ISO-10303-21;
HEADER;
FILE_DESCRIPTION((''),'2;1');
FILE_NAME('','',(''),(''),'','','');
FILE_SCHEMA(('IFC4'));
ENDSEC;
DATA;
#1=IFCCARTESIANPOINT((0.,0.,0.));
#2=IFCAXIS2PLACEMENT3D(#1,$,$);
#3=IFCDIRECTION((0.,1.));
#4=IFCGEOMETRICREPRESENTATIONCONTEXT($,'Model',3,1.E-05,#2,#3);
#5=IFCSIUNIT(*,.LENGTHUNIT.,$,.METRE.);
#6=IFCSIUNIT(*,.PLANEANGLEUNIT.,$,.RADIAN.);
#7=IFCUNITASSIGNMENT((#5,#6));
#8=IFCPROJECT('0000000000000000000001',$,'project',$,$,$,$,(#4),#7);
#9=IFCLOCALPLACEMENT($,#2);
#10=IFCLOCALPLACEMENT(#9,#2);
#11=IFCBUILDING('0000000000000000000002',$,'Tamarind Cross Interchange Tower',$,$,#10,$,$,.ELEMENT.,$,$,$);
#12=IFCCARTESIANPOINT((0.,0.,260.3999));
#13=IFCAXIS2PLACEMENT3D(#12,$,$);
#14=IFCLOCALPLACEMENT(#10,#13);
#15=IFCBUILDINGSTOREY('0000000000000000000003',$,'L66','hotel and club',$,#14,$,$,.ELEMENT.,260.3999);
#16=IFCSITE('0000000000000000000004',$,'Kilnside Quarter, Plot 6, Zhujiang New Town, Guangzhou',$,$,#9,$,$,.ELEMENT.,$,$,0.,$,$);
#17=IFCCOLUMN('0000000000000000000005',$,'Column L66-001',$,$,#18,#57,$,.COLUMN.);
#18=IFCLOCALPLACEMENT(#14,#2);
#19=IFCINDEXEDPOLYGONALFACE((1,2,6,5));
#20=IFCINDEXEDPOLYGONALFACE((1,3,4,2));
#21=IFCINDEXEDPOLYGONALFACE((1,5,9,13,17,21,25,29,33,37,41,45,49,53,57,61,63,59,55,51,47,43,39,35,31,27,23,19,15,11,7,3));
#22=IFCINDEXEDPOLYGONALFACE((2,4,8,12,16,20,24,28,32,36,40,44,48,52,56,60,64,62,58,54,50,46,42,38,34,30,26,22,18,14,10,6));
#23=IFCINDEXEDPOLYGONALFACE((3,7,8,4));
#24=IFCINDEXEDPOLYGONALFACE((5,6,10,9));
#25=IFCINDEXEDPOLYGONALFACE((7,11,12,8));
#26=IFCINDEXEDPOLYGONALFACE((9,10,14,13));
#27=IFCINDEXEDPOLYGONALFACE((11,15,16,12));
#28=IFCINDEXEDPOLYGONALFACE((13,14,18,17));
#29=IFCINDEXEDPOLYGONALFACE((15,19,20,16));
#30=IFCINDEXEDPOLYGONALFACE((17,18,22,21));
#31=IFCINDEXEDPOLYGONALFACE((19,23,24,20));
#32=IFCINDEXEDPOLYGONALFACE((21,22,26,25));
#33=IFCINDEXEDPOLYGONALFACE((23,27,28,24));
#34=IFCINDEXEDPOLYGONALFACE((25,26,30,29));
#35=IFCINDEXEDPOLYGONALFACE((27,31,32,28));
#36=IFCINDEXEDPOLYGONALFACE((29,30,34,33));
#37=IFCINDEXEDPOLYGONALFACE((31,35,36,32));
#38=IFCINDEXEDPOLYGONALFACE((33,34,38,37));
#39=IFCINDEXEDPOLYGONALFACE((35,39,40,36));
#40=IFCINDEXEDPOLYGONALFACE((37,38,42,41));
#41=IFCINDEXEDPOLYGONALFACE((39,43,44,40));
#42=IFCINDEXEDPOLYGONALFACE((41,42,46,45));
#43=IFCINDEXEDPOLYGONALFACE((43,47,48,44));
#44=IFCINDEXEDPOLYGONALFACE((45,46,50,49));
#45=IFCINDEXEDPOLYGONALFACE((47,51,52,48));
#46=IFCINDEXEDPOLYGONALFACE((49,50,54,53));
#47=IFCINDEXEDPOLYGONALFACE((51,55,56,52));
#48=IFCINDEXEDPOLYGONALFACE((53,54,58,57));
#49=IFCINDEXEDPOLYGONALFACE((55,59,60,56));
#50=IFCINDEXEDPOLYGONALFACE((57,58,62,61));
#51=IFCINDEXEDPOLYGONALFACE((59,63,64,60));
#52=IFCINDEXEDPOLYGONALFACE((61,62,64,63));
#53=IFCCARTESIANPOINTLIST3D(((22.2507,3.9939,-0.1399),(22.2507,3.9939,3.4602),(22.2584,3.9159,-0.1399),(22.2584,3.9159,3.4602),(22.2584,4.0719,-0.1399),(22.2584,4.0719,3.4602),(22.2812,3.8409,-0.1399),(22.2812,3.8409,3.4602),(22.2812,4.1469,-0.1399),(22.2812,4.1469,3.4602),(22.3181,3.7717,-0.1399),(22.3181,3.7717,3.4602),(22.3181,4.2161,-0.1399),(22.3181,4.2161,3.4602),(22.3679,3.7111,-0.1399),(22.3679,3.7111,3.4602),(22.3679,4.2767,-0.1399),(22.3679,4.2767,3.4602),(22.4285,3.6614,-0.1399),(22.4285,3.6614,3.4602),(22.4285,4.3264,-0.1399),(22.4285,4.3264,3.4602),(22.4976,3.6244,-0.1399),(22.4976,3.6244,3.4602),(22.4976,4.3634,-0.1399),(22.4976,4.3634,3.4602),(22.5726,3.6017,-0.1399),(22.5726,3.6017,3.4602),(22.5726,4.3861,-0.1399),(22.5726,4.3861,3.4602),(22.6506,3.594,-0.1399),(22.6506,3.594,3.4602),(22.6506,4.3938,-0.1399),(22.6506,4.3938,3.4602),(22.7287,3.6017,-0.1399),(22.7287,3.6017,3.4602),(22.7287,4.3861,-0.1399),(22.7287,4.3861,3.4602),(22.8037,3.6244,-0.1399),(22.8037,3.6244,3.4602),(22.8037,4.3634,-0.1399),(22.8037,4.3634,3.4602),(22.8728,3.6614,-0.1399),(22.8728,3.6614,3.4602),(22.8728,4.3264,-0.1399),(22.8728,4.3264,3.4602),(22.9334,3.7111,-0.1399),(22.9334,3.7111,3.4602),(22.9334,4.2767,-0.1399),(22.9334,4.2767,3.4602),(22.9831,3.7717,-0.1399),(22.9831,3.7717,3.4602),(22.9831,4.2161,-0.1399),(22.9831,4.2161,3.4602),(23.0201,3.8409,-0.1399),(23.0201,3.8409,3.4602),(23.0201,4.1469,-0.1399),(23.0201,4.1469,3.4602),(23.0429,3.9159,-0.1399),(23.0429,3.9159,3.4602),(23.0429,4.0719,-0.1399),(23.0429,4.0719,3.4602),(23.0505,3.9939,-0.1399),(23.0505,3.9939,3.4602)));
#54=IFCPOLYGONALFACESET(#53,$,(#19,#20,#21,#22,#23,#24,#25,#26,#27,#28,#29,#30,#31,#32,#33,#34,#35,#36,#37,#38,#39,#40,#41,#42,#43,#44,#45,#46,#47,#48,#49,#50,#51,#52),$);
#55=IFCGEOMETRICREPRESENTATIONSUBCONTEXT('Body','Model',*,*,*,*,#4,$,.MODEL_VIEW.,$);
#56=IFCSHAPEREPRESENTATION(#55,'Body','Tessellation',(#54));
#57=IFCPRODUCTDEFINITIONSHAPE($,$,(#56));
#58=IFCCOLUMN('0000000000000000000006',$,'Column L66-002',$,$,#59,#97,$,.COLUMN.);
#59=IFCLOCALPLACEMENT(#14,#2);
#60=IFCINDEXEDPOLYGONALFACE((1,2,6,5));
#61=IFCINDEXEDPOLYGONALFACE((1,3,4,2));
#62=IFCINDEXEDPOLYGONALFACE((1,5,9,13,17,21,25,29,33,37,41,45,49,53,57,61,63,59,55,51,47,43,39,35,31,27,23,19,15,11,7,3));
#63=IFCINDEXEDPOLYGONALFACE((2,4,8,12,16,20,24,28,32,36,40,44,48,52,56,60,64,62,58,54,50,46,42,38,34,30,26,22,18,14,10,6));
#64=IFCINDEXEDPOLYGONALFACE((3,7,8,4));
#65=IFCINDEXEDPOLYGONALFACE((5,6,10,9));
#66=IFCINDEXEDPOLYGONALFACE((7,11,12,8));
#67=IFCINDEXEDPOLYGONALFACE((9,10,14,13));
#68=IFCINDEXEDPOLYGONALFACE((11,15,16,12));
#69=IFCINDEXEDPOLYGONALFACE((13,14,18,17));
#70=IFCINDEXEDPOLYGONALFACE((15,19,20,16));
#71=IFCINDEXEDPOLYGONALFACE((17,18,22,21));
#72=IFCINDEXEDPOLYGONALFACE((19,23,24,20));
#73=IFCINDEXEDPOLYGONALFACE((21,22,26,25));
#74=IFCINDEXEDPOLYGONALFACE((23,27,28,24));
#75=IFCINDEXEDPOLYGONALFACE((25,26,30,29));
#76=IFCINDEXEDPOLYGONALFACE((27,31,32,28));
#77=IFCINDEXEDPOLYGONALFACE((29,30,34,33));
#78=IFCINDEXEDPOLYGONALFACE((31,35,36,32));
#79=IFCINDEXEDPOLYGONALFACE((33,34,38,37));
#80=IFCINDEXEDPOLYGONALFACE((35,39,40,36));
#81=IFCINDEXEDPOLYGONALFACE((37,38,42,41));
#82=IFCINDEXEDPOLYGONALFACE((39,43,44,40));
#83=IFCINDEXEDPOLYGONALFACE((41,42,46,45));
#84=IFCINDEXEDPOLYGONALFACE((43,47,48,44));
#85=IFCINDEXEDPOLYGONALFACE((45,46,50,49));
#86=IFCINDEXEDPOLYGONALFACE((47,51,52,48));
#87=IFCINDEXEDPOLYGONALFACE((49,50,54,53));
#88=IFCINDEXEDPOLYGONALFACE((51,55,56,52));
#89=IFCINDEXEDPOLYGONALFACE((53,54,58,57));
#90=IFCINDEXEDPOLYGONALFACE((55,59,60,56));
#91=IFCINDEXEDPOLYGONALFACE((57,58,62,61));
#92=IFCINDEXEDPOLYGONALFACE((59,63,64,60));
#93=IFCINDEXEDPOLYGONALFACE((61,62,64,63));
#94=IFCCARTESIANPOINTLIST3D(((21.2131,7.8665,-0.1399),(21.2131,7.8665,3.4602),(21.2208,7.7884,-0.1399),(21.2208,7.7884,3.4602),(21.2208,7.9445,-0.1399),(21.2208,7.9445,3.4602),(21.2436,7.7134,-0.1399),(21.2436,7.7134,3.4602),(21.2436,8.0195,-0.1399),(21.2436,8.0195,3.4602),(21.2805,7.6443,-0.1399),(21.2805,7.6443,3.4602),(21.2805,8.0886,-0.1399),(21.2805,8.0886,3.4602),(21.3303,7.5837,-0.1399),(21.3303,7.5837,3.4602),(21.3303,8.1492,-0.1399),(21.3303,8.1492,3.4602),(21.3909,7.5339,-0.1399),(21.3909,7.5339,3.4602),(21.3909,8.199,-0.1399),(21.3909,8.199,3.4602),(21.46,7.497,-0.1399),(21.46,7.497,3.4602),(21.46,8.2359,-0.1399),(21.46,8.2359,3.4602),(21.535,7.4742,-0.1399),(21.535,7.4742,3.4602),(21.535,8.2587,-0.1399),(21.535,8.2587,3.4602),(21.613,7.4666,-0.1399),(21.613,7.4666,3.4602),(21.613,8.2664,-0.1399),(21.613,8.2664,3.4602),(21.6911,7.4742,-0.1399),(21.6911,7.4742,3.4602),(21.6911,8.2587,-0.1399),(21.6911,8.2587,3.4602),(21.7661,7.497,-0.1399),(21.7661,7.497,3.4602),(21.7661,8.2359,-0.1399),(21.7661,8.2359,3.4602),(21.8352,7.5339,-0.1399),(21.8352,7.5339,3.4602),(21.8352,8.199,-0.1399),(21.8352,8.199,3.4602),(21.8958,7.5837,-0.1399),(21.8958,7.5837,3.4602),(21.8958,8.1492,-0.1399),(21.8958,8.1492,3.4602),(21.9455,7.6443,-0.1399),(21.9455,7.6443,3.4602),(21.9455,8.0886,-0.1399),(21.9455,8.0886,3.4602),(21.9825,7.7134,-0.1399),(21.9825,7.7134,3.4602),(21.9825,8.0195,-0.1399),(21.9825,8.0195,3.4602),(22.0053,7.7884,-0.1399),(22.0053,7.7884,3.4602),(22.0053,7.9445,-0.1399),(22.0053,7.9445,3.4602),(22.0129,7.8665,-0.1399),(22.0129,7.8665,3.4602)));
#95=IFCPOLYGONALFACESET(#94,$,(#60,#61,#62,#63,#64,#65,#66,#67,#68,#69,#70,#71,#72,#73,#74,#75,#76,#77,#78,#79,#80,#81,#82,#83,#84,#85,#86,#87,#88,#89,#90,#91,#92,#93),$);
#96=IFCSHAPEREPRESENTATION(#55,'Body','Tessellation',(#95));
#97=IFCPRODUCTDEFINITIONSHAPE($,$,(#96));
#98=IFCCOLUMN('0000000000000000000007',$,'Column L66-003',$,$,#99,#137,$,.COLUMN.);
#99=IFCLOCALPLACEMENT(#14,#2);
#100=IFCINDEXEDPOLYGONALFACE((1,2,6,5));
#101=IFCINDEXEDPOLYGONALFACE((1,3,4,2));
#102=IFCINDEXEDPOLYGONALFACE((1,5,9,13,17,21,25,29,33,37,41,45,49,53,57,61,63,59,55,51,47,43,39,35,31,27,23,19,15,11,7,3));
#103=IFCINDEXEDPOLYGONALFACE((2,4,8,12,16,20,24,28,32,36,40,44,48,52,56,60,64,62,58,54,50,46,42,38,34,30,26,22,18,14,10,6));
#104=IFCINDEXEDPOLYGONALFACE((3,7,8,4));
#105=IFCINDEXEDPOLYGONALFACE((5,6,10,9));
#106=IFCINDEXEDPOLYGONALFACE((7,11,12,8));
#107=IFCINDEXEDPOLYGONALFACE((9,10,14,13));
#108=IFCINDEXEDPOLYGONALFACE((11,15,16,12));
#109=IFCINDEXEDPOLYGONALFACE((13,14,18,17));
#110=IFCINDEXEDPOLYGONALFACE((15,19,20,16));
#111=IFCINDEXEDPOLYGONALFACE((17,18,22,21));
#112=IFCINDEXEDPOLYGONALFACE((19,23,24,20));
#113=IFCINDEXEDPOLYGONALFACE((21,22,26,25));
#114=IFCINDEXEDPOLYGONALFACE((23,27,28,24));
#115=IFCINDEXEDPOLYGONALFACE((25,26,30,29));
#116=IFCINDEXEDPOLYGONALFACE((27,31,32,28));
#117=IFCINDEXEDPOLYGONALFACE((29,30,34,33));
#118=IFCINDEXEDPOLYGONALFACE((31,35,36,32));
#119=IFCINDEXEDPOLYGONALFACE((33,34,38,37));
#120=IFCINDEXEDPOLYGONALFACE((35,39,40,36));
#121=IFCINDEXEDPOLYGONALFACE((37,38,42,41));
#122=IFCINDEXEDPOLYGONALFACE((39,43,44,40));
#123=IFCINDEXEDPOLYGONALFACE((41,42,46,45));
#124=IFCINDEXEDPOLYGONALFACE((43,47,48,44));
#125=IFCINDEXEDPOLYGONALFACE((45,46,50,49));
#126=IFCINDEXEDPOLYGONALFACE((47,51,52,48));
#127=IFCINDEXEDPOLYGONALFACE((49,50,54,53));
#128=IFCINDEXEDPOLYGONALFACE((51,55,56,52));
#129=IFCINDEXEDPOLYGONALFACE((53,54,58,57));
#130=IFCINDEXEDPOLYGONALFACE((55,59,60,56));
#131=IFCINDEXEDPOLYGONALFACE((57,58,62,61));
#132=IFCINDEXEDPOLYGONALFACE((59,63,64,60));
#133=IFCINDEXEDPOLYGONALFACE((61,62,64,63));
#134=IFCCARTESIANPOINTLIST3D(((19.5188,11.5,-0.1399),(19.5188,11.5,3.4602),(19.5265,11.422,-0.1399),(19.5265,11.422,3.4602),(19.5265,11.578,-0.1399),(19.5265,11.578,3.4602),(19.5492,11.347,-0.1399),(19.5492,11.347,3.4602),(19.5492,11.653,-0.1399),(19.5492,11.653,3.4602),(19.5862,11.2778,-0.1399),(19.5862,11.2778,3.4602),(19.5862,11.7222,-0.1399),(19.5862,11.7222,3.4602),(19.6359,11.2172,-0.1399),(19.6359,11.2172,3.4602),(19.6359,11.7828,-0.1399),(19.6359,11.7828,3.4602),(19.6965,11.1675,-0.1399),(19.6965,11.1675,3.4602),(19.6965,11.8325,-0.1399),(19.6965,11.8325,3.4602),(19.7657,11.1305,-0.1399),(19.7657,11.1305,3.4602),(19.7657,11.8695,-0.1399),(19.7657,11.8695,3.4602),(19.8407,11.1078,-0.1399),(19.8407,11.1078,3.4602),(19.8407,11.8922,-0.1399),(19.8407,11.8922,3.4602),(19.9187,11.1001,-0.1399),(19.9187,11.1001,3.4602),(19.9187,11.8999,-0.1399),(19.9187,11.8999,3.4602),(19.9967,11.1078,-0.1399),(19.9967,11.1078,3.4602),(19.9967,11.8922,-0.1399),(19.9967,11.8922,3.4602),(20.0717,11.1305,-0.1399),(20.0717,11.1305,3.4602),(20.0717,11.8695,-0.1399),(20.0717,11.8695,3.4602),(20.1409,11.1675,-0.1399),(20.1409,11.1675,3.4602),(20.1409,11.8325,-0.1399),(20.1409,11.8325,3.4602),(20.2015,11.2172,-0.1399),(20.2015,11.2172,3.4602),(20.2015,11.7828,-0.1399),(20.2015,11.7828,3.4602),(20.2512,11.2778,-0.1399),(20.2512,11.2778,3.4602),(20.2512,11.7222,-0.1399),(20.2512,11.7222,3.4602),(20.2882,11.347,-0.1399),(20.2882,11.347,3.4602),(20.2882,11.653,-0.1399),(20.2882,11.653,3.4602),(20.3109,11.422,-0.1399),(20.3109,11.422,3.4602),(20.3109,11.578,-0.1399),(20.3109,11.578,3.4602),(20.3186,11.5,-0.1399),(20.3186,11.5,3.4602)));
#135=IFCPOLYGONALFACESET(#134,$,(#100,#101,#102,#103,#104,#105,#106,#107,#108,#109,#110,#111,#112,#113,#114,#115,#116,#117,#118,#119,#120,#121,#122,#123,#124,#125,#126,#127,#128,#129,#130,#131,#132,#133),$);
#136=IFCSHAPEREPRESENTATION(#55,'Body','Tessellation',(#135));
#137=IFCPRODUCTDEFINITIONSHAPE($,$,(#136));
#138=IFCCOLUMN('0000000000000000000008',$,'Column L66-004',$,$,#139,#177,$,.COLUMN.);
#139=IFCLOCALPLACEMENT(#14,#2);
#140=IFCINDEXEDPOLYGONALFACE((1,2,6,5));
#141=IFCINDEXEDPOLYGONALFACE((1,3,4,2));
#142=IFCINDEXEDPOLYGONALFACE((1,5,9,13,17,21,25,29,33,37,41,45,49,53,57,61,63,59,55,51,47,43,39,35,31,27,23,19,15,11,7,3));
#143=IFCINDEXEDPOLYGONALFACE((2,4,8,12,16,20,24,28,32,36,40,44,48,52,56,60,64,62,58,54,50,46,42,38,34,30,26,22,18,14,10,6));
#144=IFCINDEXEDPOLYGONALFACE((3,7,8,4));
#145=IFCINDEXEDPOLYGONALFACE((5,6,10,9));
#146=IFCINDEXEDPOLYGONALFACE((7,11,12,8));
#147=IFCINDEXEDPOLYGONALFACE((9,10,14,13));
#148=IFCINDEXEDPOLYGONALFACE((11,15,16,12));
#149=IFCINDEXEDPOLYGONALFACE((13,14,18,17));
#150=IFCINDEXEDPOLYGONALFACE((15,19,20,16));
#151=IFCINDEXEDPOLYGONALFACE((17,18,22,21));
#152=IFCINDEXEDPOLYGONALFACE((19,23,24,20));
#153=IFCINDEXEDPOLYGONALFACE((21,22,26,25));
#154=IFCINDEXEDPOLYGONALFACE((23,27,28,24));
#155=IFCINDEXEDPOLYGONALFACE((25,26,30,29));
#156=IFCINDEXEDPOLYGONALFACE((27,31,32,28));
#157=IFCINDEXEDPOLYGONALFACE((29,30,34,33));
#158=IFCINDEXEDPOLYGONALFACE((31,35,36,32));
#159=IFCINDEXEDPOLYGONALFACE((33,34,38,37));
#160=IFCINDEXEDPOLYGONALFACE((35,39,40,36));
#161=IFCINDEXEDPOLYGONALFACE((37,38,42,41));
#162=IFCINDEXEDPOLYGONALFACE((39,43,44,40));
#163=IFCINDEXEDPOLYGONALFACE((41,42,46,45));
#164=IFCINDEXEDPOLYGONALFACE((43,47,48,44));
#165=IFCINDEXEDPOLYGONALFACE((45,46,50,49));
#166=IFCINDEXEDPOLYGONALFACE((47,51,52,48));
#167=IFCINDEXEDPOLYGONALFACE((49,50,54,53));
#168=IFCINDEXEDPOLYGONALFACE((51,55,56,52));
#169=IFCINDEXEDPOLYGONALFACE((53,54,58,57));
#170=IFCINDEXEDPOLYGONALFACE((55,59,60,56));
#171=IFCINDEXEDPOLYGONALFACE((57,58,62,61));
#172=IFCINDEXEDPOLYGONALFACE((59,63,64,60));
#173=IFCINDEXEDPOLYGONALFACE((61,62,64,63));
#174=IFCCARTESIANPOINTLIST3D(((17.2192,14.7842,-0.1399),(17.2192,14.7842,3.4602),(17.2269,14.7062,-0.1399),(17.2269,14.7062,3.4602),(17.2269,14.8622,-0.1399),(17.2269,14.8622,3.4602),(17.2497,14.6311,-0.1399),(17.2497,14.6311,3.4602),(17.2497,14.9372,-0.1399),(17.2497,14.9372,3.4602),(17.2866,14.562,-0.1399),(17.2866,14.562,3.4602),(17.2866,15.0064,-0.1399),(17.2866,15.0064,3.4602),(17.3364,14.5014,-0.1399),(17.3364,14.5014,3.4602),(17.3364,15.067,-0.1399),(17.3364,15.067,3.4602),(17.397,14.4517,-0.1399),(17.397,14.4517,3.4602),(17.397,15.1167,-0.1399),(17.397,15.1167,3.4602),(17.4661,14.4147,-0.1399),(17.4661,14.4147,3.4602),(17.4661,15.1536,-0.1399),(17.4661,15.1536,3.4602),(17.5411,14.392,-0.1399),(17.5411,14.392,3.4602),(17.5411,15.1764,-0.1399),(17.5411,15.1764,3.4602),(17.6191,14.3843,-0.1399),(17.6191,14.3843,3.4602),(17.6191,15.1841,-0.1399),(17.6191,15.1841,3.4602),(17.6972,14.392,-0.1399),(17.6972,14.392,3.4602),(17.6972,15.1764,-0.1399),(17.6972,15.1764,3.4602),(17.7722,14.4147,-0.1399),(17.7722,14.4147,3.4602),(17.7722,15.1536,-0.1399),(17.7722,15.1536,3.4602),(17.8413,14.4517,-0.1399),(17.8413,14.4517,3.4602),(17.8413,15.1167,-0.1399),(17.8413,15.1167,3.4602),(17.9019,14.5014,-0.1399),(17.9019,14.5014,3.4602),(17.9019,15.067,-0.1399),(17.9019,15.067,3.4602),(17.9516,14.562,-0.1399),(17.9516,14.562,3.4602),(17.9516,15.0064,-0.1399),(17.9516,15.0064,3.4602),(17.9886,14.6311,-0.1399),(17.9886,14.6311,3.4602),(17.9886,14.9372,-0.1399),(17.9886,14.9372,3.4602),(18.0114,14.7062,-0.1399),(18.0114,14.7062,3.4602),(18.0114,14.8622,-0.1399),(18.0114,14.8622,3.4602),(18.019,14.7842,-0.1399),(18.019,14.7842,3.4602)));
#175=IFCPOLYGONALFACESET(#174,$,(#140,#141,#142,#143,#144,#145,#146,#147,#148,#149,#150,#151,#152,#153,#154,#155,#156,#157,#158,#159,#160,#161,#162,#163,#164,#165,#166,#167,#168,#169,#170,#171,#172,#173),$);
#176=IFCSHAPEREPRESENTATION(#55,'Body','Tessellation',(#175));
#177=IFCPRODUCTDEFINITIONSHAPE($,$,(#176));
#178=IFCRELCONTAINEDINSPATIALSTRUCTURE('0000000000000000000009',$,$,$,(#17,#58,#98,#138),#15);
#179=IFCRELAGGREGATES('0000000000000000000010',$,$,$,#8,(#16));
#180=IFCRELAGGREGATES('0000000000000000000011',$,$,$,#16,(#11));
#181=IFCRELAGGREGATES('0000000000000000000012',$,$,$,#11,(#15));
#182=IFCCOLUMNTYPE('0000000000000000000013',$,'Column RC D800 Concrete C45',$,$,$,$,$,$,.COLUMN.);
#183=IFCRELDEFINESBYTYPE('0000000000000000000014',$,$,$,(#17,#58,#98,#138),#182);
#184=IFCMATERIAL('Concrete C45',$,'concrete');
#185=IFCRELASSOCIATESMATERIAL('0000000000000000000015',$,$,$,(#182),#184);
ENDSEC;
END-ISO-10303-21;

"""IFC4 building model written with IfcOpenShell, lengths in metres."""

from ifc_helpers import new_model, si_unit, direction, frame, origin, origin_2d, place, context, subcontext, project, spatial, circle, extrude, material, material_profile, profile_set, type_object, element, save


model = new_model("IFC4")

# Units and contexts
model_context = context("Model", 3, precision=1e-05, world=origin(), true_north=direction((0.0, 1.0)))
body_context = subcontext(model_context, "Body", "Model", "MODEL_VIEW")
ifc_project = project(units=[si_unit("LENGTHUNIT", "METRE"), si_unit("PLANEANGLEUNIT", "RADIAN")], contexts=[model_context])

# Site, building, storey
site_placement = place(None, origin())
site = spatial("IfcSite", under=ifc_project, at=site_placement, Name="Kilnside Quarter, Plot 6, Zhujiang New Town, Guangzhou", CompositionType="ELEMENT", RefElevation=0.0)
building_placement = place(site_placement, origin())
building = spatial("IfcBuilding", under=site, at=building_placement, Name="Tamarind Cross Interchange Tower", CompositionType="ELEMENT")
storey_placement = place(building_placement, frame((0.0, 0.0, 260.3999)))
storey = spatial("IfcBuildingStorey", under=building, at=storey_placement, Name="L66", Description="hotel and club", CompositionType="ELEMENT", Elevation=260.3999)

# Columns
ifc_material_1 = material(Name="Concrete C45", Category="concrete")
ifc_material_profile_1 = material_profile(ifc_material_1, circle(Radius=0.3999, at=origin_2d()), Name="RC D800")
ifc_profile_set_1 = profile_set([ifc_material_profile_1], Name="Concrete C45")
column_type = type_object("IfcColumnType", Name="Column RC D800 Concrete C45", PredefinedType="COLUMN", material=ifc_profile_set_1)
for number, where, z_axis, x_axis, name in (
    (1, (22.6506, 3.9939, -0.1399), (0.0, 0.0, 1.0), (1.0, 0.0, 0.0), "Column L66-001"),
    (2, (21.613, 7.8665, -0.1399), (0.0, 0.0, 1.0), (1.0, 0.0, 0.0), "Column L66-002"),
    (3, (19.9187, 11.5, -0.1399), (0.0, 0.0, 1.0), (1.0, 0.0, 0.0), "Column L66-003"),
    (4, (17.6191, 14.7842, -0.1399), (0.0, 0.0, 1.0), (1.0, 0.0, 0.0), "Column L66-004"),
):
    element("IfcColumn", number, at=place(storey_placement, frame(where, z_axis=z_axis, x_axis=x_axis)), inside=storey, type_object=column_type, Name=name, PredefinedType="COLUMN", context=body_context, shape_type="SweptSolid", body=[
        extrude(circle(Radius=0.3999, at=origin_2d()), origin(), (0.0, 0.0, 1.0), 3.6001),
    ])

save(model, "model.ifc")
